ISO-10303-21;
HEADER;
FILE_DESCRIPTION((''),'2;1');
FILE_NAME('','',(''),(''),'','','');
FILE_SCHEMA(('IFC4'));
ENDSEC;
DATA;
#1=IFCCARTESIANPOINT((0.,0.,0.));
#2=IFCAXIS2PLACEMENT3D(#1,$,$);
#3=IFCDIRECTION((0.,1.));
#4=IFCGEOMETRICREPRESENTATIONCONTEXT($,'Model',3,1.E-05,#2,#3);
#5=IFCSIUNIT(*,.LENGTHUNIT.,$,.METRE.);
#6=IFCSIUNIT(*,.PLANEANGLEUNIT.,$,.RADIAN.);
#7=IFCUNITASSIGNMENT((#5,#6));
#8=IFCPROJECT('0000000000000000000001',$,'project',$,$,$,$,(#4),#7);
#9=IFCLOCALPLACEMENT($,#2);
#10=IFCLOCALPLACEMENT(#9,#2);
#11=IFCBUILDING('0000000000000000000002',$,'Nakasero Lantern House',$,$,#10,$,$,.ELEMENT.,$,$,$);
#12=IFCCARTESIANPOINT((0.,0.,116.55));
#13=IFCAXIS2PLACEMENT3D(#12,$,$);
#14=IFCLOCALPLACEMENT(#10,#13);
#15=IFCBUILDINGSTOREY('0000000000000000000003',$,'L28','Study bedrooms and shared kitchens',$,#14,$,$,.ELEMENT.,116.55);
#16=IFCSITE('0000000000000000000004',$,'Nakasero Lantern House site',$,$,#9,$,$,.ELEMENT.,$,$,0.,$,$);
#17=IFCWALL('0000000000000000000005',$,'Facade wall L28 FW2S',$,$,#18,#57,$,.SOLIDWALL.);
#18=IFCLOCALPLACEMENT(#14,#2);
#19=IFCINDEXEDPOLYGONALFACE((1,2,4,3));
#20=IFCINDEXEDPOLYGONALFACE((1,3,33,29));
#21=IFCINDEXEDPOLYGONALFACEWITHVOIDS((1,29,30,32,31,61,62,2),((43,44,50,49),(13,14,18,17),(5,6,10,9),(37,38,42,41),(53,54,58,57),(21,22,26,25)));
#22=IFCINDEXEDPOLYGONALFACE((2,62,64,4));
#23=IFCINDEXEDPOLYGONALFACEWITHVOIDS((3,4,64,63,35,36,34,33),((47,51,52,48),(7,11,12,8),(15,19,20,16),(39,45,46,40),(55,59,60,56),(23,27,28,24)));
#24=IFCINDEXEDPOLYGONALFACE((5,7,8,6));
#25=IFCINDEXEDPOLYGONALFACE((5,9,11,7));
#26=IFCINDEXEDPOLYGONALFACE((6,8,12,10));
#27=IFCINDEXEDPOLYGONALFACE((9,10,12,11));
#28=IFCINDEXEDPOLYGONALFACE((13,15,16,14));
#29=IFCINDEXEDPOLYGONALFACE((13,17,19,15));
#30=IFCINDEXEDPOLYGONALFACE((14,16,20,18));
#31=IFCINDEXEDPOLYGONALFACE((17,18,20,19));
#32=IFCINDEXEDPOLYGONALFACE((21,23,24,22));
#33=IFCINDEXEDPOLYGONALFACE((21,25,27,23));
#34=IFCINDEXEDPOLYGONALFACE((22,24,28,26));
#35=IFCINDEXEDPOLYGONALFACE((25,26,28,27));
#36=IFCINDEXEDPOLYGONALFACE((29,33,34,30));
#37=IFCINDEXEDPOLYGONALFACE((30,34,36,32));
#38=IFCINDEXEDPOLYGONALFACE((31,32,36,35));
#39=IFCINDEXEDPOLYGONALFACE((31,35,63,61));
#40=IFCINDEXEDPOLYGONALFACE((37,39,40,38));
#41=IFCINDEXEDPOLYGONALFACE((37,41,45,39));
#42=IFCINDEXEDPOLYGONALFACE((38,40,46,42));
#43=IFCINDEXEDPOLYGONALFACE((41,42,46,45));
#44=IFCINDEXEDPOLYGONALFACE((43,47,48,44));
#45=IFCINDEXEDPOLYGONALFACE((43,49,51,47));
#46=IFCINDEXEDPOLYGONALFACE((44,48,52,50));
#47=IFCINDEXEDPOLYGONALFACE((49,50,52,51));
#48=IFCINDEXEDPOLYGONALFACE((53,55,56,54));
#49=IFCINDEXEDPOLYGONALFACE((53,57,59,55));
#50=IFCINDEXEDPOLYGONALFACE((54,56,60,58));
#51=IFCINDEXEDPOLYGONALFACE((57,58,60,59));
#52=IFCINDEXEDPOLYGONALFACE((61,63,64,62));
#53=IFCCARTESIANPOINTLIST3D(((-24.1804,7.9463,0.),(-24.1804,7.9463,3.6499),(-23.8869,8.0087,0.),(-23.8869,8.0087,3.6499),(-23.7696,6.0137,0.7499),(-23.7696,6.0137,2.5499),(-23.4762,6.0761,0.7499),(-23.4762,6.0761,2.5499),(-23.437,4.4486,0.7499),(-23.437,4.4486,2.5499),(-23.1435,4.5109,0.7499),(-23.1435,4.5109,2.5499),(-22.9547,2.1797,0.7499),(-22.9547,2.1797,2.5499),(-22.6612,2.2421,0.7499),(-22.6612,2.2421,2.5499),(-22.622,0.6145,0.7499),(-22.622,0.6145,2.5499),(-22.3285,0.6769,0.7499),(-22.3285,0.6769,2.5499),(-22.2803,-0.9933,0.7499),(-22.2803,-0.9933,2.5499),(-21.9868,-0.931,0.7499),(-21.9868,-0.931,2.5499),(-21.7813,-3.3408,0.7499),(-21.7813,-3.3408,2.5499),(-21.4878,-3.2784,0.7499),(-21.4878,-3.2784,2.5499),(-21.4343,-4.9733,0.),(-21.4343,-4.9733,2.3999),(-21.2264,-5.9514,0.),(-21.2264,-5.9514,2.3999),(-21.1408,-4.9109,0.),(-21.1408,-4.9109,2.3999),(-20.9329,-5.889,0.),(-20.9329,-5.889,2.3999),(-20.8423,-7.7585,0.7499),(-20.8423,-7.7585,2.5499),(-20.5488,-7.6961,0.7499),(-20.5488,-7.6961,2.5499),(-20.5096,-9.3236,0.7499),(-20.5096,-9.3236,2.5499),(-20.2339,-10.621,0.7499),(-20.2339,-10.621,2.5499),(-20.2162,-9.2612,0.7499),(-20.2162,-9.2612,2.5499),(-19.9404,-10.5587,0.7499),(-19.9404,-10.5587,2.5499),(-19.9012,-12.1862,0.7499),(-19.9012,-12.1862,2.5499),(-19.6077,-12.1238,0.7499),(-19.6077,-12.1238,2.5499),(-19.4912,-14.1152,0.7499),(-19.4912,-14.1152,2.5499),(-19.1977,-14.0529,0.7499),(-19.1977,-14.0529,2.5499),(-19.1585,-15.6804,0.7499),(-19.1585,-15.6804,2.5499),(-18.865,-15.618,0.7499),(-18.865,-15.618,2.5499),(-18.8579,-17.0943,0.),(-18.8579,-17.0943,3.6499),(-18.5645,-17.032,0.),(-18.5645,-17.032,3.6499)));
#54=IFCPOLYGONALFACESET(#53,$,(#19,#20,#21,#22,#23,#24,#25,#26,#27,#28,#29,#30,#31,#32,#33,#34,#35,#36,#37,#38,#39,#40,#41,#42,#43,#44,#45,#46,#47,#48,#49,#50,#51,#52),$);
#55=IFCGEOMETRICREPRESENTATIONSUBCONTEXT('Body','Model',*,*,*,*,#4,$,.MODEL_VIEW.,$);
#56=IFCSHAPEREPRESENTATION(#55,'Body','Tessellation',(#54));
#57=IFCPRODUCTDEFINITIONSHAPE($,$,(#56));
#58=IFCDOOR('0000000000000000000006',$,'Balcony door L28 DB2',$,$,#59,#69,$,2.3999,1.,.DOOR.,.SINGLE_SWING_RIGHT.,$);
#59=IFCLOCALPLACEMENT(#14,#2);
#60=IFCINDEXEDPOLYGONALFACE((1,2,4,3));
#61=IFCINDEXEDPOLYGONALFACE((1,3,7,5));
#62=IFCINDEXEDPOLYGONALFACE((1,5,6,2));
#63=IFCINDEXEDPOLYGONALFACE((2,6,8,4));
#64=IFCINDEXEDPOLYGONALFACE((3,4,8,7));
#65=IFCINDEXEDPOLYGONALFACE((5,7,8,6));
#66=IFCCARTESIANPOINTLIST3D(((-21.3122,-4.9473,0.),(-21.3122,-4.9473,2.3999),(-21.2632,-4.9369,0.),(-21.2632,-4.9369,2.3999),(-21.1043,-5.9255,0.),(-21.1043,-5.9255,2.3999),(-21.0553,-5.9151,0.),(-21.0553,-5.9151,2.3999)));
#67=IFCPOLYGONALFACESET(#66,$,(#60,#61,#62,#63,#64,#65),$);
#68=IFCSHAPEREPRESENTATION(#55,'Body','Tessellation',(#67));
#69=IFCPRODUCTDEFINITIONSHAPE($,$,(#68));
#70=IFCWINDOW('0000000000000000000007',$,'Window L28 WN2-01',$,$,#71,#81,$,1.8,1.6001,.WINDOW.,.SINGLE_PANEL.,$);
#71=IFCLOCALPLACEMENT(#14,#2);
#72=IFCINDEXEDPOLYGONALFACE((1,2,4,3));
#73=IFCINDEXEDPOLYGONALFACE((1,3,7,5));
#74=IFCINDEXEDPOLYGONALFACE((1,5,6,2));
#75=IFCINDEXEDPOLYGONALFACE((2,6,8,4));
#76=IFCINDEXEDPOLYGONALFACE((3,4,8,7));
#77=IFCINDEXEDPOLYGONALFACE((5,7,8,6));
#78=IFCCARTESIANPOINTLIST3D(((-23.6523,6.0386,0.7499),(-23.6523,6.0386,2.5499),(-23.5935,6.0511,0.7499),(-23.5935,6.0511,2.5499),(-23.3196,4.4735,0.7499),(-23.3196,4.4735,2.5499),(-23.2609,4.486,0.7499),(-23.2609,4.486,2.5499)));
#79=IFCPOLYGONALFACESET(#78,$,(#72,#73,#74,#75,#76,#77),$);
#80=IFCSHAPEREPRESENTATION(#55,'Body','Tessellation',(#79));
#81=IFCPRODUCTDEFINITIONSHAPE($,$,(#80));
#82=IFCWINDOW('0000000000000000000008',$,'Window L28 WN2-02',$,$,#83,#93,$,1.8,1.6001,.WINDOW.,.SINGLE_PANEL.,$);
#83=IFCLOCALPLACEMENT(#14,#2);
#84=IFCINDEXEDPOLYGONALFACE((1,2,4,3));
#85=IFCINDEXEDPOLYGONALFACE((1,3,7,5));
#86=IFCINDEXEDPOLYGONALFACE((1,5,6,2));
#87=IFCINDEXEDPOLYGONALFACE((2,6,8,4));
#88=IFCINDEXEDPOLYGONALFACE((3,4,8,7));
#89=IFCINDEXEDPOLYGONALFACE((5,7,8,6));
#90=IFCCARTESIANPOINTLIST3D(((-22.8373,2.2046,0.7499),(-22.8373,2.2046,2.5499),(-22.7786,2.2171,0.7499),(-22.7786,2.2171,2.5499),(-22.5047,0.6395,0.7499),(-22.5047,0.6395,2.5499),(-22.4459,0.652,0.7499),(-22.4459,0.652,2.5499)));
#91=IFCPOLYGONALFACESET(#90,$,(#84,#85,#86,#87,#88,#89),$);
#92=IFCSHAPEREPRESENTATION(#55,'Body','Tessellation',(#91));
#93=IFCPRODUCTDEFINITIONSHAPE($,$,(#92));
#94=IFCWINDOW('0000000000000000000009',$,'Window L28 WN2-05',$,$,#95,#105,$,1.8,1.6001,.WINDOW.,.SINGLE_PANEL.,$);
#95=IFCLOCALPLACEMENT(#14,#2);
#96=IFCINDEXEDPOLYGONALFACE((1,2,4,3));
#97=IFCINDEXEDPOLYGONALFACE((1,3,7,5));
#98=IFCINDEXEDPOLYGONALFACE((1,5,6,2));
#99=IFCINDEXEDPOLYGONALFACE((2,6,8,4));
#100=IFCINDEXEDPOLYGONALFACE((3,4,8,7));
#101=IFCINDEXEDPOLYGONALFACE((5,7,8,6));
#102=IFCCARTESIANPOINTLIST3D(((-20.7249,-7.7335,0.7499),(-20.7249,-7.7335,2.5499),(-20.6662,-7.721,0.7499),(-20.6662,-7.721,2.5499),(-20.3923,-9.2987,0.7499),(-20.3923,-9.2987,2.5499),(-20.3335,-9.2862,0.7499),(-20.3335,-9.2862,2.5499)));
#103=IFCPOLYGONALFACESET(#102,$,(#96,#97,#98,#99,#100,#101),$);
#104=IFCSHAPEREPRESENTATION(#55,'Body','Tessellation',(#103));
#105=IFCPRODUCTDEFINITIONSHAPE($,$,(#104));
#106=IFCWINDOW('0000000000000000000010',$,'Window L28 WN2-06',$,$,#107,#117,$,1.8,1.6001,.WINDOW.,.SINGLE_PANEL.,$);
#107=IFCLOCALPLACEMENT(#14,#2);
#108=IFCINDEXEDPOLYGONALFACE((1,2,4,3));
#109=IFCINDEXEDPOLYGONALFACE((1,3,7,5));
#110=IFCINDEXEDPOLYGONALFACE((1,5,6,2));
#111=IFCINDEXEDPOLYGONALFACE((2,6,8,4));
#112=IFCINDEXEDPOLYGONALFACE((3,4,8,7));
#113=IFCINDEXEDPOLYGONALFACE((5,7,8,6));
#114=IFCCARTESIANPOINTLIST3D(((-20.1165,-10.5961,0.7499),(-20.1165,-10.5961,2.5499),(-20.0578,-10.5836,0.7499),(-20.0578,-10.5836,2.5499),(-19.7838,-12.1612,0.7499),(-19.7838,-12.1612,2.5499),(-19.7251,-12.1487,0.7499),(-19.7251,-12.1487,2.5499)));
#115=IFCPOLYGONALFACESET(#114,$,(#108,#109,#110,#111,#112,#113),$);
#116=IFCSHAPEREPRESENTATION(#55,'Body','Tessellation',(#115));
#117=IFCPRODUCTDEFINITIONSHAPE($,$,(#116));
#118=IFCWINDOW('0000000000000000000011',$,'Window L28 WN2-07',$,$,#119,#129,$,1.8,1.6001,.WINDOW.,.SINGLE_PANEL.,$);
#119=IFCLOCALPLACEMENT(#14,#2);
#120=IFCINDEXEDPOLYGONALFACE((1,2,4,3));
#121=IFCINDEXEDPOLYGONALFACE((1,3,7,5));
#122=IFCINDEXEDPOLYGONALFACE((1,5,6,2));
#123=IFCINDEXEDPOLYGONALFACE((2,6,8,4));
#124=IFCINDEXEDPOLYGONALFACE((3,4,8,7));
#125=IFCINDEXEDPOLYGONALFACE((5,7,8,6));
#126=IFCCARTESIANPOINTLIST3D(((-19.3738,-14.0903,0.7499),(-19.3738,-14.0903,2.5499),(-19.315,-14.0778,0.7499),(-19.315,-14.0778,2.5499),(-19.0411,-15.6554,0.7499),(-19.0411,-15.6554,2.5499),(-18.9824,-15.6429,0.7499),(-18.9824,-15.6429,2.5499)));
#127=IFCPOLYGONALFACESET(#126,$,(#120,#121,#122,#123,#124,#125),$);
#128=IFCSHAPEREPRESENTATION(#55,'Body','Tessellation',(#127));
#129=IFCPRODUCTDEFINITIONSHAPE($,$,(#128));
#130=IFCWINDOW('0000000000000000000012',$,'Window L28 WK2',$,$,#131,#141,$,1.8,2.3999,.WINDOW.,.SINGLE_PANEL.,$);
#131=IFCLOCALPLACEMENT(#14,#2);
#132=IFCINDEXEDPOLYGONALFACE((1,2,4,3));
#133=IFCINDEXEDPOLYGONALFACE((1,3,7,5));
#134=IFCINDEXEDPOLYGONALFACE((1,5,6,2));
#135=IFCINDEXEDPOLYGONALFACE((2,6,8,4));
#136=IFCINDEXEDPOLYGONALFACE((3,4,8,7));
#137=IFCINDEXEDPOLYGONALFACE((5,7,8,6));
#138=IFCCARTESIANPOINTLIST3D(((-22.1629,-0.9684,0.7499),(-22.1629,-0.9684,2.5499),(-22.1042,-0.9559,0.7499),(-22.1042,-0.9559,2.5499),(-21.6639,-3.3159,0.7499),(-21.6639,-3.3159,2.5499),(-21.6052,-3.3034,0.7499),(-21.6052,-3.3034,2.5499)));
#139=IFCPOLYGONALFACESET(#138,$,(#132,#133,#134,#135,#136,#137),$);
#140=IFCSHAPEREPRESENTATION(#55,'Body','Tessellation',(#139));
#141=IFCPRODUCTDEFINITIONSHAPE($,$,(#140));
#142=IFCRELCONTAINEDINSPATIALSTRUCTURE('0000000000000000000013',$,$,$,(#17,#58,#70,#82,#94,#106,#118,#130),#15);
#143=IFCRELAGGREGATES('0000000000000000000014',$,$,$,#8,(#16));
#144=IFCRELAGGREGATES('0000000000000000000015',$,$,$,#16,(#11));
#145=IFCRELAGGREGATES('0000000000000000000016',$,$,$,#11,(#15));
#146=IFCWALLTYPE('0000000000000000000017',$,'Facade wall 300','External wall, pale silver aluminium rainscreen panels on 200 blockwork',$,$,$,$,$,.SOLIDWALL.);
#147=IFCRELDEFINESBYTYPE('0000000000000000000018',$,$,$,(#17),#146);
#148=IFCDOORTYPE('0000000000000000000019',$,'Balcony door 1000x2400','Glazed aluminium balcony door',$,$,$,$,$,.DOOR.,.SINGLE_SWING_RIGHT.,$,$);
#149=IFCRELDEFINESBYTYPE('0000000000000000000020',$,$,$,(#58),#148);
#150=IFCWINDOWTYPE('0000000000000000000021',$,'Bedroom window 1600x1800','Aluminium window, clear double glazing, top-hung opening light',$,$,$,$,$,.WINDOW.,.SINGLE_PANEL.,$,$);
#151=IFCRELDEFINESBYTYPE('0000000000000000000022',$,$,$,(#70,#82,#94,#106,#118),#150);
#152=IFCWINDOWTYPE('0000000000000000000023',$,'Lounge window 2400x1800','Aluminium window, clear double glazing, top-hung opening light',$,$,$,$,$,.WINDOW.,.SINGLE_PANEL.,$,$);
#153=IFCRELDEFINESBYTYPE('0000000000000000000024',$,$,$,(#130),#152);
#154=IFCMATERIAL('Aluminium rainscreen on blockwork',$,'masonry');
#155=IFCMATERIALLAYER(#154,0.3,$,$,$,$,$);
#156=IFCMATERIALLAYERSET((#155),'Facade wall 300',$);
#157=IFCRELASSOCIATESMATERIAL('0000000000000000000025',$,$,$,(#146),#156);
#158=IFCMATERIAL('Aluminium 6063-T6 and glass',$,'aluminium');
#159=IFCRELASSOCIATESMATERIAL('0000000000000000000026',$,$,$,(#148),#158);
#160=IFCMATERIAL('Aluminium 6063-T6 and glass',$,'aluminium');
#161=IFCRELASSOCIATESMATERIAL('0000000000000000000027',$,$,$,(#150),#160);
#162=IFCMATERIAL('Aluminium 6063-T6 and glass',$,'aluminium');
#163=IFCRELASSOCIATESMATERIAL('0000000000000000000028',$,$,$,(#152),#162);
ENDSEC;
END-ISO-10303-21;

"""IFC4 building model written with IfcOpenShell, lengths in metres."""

from ifc_helpers import new_model, si_unit, direction, frame, frame_2d, origin, place, context, subcontext, project, spatial, rectangle, extrude, material, layer, layer_set, type_object, element, fill, save


model = new_model("IFC4")

# Units and contexts
model_context = context("Model", 3, precision=1e-05, world=origin(), true_north=direction((0.0, 1.0)))
body_context = subcontext(model_context, "Body", "Model", "MODEL_VIEW")
ifc_project = project(units=[si_unit("LENGTHUNIT", "METRE"), si_unit("PLANEANGLEUNIT", "RADIAN")], contexts=[model_context])

# Site, building, storey
site_placement = place(None, origin())
site = spatial("IfcSite", under=ifc_project, at=site_placement, Name="Nakasero Lantern House site", CompositionType="ELEMENT", RefElevation=0.0)
building_placement = place(site_placement, origin())
building = spatial("IfcBuilding", under=site, at=building_placement, Name="Nakasero Lantern House", CompositionType="ELEMENT")
storey_placement = place(building_placement, frame((0.0, 0.0, 116.55)))
storey = spatial("IfcBuildingStorey", under=building, at=storey_placement, Name="L28", Description="Study bedrooms and shared kitchens", CompositionType="ELEMENT", Elevation=116.55)

# Wall, openings, door, windows
ifc_material_1 = material(Name="Aluminium rainscreen on blockwork", Category="masonry")
ifc_layer_1 = layer(ifc_material_1, 0.3)
ifc_layer_set_1 = layer_set([ifc_layer_1], Name="Facade wall 300")
wall_type_1 = type_object("IfcWallType", Name="Facade wall 300", Description="External wall, pale silver aluminium rainscreen panels on 200 blockwork", PredefinedType="SOLIDWALL", material=ifc_layer_set_1)
wall_1_placement = place(storey_placement, frame((-24.0337, 7.9775, 0.0), z_axis=(0.0, 0.0, 1.0), x_axis=(0.207909, -0.978148, 0.0)))
wall_1 = element("IfcWall", 1, at=wall_1_placement, inside=storey, type_object=wall_type_1, Name="Facade wall L28 FW2S", PredefinedType="SOLIDWALL", context=body_context, shape_type="SweptSolid", body=[
    extrude(rectangle(XDim=25.6001, YDim=0.3, at=frame_2d((12.8, 0.0))), origin(), (0.0, 0.0, 1.0), 3.6499),
])
opening_1_placement = place(wall_1_placement, frame((1.9758, 0.0, 0.75)))
opening_1 = element("IfcOpeningElement", 2, at=opening_1_placement, cuts=wall_1, PredefinedType="OPENING", context=body_context, shape_type="SweptSolid", body=[
    extrude(rectangle(XDim=1.6001, YDim=1.8, at=frame_2d((0.8, 0.8999))), frame((0.0, 0.1699, 0.0), z_axis=(0.0, -1.0, 0.0), x_axis=(1.0, 0.0, 0.0)), (0.0, 0.0, 1.0), 0.3401),
])
opening_2_placement = place(wall_1_placement, frame((5.8955, 0.0, 0.75)))
opening_2 = element("IfcOpeningElement", 3, at=opening_2_placement, cuts=wall_1, PredefinedType="OPENING", context=body_context, shape_type="SweptSolid", body=[
    extrude(rectangle(XDim=1.6001, YDim=1.8, at=frame_2d((0.8, 0.8999))), frame((0.0, 0.1699, 0.0), z_axis=(0.0, -1.0, 0.0), x_axis=(1.0, 0.0, 0.0)), (0.0, 0.0, 1.0), 0.3401),
])
opening_3_placement = place(wall_1_placement, frame((16.0557, 0.0, 0.75)))
opening_3 = element("IfcOpeningElement", 4, at=opening_3_placement, cuts=wall_1, PredefinedType="OPENING", context=body_context, shape_type="SweptSolid", body=[
    extrude(rectangle(XDim=1.6001, YDim=1.8, at=frame_2d((0.8, 0.8999))), frame((0.0, 0.1699, 0.0), z_axis=(0.0, -1.0, 0.0), x_axis=(1.0, 0.0, 0.0)), (0.0, 0.0, 1.0), 0.3401),
])
opening_4_placement = place(wall_1_placement, frame((18.9822, 0.0, 0.75)))
opening_4 = element("IfcOpeningElement", 5, at=opening_4_placement, cuts=wall_1, PredefinedType="OPENING", context=body_context, shape_type="SweptSolid", body=[
    extrude(rectangle(XDim=1.6001, YDim=1.8, at=frame_2d((0.8, 0.8999))), frame((0.0, 0.1699, 0.0), z_axis=(0.0, -1.0, 0.0), x_axis=(1.0, 0.0, 0.0)), (0.0, 0.0, 1.0), 0.3401),
])
opening_5_placement = place(wall_1_placement, frame((22.5544, 0.0, 0.75)))
opening_5 = element("IfcOpeningElement", 6, at=opening_5_placement, cuts=wall_1, PredefinedType="OPENING", context=body_context, shape_type="SweptSolid", body=[
    extrude(rectangle(XDim=1.6001, YDim=1.8, at=frame_2d((0.8, 0.8999))), frame((0.0, 0.1699, 0.0), z_axis=(0.0, -1.0, 0.0), x_axis=(1.0, 0.0, 0.0)), (0.0, 0.0, 1.0), 0.3401),
])
opening_6_placement = place(wall_1_placement, frame((9.1394, 0.0, 0.75)))
opening_6 = element("IfcOpeningElement", 7, at=opening_6_placement, cuts=wall_1, PredefinedType="OPENING", context=body_context, shape_type="SweptSolid", body=[
    extrude(rectangle(XDim=2.3999, YDim=1.8, at=frame_2d((1.2, 0.8999))), frame((0.0, 0.1699, 0.0), z_axis=(0.0, -1.0, 0.0), x_axis=(1.0, 0.0, 0.0)), (0.0, 0.0, 1.0), 0.3401),
])
opening_7_placement = place(wall_1_placement, frame((13.2083, 0.0, 0.0)))
opening_7 = element("IfcOpeningElement", 8, at=opening_7_placement, cuts=wall_1, PredefinedType="OPENING", context=body_context, shape_type="SweptSolid", body=[
    extrude(rectangle(XDim=1.0, YDim=2.3999, at=frame_2d((0.5, 1.2))), frame((0.0, 0.1699, 0.0), z_axis=(0.0, -1.0, 0.0), x_axis=(1.0, 0.0, 0.0)), (0.0, 0.0, 1.0), 0.3401),
])
ifc_material_2 = material(Name="Aluminium 6063-T6 and glass", Category="aluminium")
door_type_1 = type_object("IfcDoorType", Name="Balcony door 1000x2400", Description="Glazed aluminium balcony door", OperationType="SINGLE_SWING_RIGHT", PredefinedType="DOOR", material=ifc_material_2)
door_1_placement = place(opening_7_placement, origin())
door_1 = element("IfcDoor", 9, at=door_1_placement, inside=storey, type_object=door_type_1, Name="Balcony door L28 DB2", OperationType="SINGLE_SWING_RIGHT", OverallHeight=2.3999, OverallWidth=1.0, PredefinedType="DOOR", context=body_context, shape_type="SweptSolid", body=[
    extrude(rectangle(XDim=1.0, YDim=2.3999, at=frame_2d((0.5, 1.2))), frame((0.0, 0.0249, 0.0), z_axis=(0.0, -1.0, 0.0), x_axis=(1.0, 0.0, 0.0)), (0.0, 0.0, 1.0), 0.05),
])
fill(opening_7, door_1)
ifc_material_3 = material(Name="Aluminium 6063-T6 and glass", Category="aluminium")
window_type_1 = type_object("IfcWindowType", Name="Bedroom window 1600x1800", Description="Aluminium window, clear double glazing, top-hung opening light", PartitioningType="SINGLE_PANEL", PredefinedType="WINDOW", material=ifc_material_3)
window_1_placement = place(opening_1_placement, origin())
window_1 = element("IfcWindow", 10, at=window_1_placement, inside=storey, type_object=window_type_1, Name="Window L28 WN2-01", OverallHeight=1.8, OverallWidth=1.6001, PartitioningType="SINGLE_PANEL", PredefinedType="WINDOW", context=body_context, shape_type="SweptSolid", body=[
    extrude(rectangle(XDim=1.6001, YDim=1.8, at=frame_2d((0.8, 0.8999))), frame((0.0, 0.03, 0.0), z_axis=(0.0, -1.0, 0.0), x_axis=(1.0, 0.0, 0.0)), (0.0, 0.0, 1.0), 0.0601),
])
fill(opening_1, window_1)
window_2_placement = place(opening_2_placement, origin())
window_2 = element("IfcWindow", 11, at=window_2_placement, inside=storey, type_object=window_type_1, Name="Window L28 WN2-02", OverallHeight=1.8, OverallWidth=1.6001, PartitioningType="SINGLE_PANEL", PredefinedType="WINDOW", context=body_context, shape_type="SweptSolid", body=[
    extrude(rectangle(XDim=1.6001, YDim=1.8, at=frame_2d((0.8, 0.8999))), frame((0.0, 0.03, 0.0), z_axis=(0.0, -1.0, 0.0), x_axis=(1.0, 0.0, 0.0)), (0.0, 0.0, 1.0), 0.0601),
])
fill(opening_2, window_2)
window_3_placement = place(opening_3_placement, origin())
window_3 = element("IfcWindow", 12, at=window_3_placement, inside=storey, type_object=window_type_1, Name="Window L28 WN2-05", OverallHeight=1.8, OverallWidth=1.6001, PartitioningType="SINGLE_PANEL", PredefinedType="WINDOW", context=body_context, shape_type="SweptSolid", body=[
    extrude(rectangle(XDim=1.6001, YDim=1.8, at=frame_2d((0.8, 0.8999))), frame((0.0, 0.03, 0.0), z_axis=(0.0, -1.0, 0.0), x_axis=(1.0, 0.0, 0.0)), (0.0, 0.0, 1.0), 0.0601),
])
fill(opening_3, window_3)
window_4_placement = place(opening_4_placement, origin())
window_4 = element("IfcWindow", 13, at=window_4_placement, inside=storey, type_object=window_type_1, Name="Window L28 WN2-06", OverallHeight=1.8, OverallWidth=1.6001, PartitioningType="SINGLE_PANEL", PredefinedType="WINDOW", context=body_context, shape_type="SweptSolid", body=[
    extrude(rectangle(XDim=1.6001, YDim=1.8, at=frame_2d((0.8, 0.8999))), frame((0.0, 0.03, 0.0), z_axis=(0.0, -1.0, 0.0), x_axis=(1.0, 0.0, 0.0)), (0.0, 0.0, 1.0), 0.0601),
])
fill(opening_4, window_4)
window_5_placement = place(opening_5_placement, origin())
window_5 = element("IfcWindow", 14, at=window_5_placement, inside=storey, type_object=window_type_1, Name="Window L28 WN2-07", OverallHeight=1.8, OverallWidth=1.6001, PartitioningType="SINGLE_PANEL", PredefinedType="WINDOW", context=body_context, shape_type="SweptSolid", body=[
    extrude(rectangle(XDim=1.6001, YDim=1.8, at=frame_2d((0.8, 0.8999))), frame((0.0, 0.03, 0.0), z_axis=(0.0, -1.0, 0.0), x_axis=(1.0, 0.0, 0.0)), (0.0, 0.0, 1.0), 0.0601),
])
fill(opening_5, window_5)
ifc_material_4 = material(Name="Aluminium 6063-T6 and glass", Category="aluminium")
window_type_2 = type_object("IfcWindowType", Name="Lounge window 2400x1800", Description="Aluminium window, clear double glazing, top-hung opening light", PartitioningType="SINGLE_PANEL", PredefinedType="WINDOW", material=ifc_material_4)
window_6_placement = place(opening_6_placement, origin())
window_6 = element("IfcWindow", 15, at=window_6_placement, inside=storey, type_object=window_type_2, Name="Window L28 WK2", OverallHeight=1.8, OverallWidth=2.3999, PartitioningType="SINGLE_PANEL", PredefinedType="WINDOW", context=body_context, shape_type="SweptSolid", body=[
    extrude(rectangle(XDim=2.3999, YDim=1.8, at=frame_2d((1.2, 0.8999))), frame((0.0, 0.03, 0.0), z_axis=(0.0, -1.0, 0.0), x_axis=(1.0, 0.0, 0.0)), (0.0, 0.0, 1.0), 0.0601),
])
fill(opening_6, window_6)

save(model, "model.ifc")
